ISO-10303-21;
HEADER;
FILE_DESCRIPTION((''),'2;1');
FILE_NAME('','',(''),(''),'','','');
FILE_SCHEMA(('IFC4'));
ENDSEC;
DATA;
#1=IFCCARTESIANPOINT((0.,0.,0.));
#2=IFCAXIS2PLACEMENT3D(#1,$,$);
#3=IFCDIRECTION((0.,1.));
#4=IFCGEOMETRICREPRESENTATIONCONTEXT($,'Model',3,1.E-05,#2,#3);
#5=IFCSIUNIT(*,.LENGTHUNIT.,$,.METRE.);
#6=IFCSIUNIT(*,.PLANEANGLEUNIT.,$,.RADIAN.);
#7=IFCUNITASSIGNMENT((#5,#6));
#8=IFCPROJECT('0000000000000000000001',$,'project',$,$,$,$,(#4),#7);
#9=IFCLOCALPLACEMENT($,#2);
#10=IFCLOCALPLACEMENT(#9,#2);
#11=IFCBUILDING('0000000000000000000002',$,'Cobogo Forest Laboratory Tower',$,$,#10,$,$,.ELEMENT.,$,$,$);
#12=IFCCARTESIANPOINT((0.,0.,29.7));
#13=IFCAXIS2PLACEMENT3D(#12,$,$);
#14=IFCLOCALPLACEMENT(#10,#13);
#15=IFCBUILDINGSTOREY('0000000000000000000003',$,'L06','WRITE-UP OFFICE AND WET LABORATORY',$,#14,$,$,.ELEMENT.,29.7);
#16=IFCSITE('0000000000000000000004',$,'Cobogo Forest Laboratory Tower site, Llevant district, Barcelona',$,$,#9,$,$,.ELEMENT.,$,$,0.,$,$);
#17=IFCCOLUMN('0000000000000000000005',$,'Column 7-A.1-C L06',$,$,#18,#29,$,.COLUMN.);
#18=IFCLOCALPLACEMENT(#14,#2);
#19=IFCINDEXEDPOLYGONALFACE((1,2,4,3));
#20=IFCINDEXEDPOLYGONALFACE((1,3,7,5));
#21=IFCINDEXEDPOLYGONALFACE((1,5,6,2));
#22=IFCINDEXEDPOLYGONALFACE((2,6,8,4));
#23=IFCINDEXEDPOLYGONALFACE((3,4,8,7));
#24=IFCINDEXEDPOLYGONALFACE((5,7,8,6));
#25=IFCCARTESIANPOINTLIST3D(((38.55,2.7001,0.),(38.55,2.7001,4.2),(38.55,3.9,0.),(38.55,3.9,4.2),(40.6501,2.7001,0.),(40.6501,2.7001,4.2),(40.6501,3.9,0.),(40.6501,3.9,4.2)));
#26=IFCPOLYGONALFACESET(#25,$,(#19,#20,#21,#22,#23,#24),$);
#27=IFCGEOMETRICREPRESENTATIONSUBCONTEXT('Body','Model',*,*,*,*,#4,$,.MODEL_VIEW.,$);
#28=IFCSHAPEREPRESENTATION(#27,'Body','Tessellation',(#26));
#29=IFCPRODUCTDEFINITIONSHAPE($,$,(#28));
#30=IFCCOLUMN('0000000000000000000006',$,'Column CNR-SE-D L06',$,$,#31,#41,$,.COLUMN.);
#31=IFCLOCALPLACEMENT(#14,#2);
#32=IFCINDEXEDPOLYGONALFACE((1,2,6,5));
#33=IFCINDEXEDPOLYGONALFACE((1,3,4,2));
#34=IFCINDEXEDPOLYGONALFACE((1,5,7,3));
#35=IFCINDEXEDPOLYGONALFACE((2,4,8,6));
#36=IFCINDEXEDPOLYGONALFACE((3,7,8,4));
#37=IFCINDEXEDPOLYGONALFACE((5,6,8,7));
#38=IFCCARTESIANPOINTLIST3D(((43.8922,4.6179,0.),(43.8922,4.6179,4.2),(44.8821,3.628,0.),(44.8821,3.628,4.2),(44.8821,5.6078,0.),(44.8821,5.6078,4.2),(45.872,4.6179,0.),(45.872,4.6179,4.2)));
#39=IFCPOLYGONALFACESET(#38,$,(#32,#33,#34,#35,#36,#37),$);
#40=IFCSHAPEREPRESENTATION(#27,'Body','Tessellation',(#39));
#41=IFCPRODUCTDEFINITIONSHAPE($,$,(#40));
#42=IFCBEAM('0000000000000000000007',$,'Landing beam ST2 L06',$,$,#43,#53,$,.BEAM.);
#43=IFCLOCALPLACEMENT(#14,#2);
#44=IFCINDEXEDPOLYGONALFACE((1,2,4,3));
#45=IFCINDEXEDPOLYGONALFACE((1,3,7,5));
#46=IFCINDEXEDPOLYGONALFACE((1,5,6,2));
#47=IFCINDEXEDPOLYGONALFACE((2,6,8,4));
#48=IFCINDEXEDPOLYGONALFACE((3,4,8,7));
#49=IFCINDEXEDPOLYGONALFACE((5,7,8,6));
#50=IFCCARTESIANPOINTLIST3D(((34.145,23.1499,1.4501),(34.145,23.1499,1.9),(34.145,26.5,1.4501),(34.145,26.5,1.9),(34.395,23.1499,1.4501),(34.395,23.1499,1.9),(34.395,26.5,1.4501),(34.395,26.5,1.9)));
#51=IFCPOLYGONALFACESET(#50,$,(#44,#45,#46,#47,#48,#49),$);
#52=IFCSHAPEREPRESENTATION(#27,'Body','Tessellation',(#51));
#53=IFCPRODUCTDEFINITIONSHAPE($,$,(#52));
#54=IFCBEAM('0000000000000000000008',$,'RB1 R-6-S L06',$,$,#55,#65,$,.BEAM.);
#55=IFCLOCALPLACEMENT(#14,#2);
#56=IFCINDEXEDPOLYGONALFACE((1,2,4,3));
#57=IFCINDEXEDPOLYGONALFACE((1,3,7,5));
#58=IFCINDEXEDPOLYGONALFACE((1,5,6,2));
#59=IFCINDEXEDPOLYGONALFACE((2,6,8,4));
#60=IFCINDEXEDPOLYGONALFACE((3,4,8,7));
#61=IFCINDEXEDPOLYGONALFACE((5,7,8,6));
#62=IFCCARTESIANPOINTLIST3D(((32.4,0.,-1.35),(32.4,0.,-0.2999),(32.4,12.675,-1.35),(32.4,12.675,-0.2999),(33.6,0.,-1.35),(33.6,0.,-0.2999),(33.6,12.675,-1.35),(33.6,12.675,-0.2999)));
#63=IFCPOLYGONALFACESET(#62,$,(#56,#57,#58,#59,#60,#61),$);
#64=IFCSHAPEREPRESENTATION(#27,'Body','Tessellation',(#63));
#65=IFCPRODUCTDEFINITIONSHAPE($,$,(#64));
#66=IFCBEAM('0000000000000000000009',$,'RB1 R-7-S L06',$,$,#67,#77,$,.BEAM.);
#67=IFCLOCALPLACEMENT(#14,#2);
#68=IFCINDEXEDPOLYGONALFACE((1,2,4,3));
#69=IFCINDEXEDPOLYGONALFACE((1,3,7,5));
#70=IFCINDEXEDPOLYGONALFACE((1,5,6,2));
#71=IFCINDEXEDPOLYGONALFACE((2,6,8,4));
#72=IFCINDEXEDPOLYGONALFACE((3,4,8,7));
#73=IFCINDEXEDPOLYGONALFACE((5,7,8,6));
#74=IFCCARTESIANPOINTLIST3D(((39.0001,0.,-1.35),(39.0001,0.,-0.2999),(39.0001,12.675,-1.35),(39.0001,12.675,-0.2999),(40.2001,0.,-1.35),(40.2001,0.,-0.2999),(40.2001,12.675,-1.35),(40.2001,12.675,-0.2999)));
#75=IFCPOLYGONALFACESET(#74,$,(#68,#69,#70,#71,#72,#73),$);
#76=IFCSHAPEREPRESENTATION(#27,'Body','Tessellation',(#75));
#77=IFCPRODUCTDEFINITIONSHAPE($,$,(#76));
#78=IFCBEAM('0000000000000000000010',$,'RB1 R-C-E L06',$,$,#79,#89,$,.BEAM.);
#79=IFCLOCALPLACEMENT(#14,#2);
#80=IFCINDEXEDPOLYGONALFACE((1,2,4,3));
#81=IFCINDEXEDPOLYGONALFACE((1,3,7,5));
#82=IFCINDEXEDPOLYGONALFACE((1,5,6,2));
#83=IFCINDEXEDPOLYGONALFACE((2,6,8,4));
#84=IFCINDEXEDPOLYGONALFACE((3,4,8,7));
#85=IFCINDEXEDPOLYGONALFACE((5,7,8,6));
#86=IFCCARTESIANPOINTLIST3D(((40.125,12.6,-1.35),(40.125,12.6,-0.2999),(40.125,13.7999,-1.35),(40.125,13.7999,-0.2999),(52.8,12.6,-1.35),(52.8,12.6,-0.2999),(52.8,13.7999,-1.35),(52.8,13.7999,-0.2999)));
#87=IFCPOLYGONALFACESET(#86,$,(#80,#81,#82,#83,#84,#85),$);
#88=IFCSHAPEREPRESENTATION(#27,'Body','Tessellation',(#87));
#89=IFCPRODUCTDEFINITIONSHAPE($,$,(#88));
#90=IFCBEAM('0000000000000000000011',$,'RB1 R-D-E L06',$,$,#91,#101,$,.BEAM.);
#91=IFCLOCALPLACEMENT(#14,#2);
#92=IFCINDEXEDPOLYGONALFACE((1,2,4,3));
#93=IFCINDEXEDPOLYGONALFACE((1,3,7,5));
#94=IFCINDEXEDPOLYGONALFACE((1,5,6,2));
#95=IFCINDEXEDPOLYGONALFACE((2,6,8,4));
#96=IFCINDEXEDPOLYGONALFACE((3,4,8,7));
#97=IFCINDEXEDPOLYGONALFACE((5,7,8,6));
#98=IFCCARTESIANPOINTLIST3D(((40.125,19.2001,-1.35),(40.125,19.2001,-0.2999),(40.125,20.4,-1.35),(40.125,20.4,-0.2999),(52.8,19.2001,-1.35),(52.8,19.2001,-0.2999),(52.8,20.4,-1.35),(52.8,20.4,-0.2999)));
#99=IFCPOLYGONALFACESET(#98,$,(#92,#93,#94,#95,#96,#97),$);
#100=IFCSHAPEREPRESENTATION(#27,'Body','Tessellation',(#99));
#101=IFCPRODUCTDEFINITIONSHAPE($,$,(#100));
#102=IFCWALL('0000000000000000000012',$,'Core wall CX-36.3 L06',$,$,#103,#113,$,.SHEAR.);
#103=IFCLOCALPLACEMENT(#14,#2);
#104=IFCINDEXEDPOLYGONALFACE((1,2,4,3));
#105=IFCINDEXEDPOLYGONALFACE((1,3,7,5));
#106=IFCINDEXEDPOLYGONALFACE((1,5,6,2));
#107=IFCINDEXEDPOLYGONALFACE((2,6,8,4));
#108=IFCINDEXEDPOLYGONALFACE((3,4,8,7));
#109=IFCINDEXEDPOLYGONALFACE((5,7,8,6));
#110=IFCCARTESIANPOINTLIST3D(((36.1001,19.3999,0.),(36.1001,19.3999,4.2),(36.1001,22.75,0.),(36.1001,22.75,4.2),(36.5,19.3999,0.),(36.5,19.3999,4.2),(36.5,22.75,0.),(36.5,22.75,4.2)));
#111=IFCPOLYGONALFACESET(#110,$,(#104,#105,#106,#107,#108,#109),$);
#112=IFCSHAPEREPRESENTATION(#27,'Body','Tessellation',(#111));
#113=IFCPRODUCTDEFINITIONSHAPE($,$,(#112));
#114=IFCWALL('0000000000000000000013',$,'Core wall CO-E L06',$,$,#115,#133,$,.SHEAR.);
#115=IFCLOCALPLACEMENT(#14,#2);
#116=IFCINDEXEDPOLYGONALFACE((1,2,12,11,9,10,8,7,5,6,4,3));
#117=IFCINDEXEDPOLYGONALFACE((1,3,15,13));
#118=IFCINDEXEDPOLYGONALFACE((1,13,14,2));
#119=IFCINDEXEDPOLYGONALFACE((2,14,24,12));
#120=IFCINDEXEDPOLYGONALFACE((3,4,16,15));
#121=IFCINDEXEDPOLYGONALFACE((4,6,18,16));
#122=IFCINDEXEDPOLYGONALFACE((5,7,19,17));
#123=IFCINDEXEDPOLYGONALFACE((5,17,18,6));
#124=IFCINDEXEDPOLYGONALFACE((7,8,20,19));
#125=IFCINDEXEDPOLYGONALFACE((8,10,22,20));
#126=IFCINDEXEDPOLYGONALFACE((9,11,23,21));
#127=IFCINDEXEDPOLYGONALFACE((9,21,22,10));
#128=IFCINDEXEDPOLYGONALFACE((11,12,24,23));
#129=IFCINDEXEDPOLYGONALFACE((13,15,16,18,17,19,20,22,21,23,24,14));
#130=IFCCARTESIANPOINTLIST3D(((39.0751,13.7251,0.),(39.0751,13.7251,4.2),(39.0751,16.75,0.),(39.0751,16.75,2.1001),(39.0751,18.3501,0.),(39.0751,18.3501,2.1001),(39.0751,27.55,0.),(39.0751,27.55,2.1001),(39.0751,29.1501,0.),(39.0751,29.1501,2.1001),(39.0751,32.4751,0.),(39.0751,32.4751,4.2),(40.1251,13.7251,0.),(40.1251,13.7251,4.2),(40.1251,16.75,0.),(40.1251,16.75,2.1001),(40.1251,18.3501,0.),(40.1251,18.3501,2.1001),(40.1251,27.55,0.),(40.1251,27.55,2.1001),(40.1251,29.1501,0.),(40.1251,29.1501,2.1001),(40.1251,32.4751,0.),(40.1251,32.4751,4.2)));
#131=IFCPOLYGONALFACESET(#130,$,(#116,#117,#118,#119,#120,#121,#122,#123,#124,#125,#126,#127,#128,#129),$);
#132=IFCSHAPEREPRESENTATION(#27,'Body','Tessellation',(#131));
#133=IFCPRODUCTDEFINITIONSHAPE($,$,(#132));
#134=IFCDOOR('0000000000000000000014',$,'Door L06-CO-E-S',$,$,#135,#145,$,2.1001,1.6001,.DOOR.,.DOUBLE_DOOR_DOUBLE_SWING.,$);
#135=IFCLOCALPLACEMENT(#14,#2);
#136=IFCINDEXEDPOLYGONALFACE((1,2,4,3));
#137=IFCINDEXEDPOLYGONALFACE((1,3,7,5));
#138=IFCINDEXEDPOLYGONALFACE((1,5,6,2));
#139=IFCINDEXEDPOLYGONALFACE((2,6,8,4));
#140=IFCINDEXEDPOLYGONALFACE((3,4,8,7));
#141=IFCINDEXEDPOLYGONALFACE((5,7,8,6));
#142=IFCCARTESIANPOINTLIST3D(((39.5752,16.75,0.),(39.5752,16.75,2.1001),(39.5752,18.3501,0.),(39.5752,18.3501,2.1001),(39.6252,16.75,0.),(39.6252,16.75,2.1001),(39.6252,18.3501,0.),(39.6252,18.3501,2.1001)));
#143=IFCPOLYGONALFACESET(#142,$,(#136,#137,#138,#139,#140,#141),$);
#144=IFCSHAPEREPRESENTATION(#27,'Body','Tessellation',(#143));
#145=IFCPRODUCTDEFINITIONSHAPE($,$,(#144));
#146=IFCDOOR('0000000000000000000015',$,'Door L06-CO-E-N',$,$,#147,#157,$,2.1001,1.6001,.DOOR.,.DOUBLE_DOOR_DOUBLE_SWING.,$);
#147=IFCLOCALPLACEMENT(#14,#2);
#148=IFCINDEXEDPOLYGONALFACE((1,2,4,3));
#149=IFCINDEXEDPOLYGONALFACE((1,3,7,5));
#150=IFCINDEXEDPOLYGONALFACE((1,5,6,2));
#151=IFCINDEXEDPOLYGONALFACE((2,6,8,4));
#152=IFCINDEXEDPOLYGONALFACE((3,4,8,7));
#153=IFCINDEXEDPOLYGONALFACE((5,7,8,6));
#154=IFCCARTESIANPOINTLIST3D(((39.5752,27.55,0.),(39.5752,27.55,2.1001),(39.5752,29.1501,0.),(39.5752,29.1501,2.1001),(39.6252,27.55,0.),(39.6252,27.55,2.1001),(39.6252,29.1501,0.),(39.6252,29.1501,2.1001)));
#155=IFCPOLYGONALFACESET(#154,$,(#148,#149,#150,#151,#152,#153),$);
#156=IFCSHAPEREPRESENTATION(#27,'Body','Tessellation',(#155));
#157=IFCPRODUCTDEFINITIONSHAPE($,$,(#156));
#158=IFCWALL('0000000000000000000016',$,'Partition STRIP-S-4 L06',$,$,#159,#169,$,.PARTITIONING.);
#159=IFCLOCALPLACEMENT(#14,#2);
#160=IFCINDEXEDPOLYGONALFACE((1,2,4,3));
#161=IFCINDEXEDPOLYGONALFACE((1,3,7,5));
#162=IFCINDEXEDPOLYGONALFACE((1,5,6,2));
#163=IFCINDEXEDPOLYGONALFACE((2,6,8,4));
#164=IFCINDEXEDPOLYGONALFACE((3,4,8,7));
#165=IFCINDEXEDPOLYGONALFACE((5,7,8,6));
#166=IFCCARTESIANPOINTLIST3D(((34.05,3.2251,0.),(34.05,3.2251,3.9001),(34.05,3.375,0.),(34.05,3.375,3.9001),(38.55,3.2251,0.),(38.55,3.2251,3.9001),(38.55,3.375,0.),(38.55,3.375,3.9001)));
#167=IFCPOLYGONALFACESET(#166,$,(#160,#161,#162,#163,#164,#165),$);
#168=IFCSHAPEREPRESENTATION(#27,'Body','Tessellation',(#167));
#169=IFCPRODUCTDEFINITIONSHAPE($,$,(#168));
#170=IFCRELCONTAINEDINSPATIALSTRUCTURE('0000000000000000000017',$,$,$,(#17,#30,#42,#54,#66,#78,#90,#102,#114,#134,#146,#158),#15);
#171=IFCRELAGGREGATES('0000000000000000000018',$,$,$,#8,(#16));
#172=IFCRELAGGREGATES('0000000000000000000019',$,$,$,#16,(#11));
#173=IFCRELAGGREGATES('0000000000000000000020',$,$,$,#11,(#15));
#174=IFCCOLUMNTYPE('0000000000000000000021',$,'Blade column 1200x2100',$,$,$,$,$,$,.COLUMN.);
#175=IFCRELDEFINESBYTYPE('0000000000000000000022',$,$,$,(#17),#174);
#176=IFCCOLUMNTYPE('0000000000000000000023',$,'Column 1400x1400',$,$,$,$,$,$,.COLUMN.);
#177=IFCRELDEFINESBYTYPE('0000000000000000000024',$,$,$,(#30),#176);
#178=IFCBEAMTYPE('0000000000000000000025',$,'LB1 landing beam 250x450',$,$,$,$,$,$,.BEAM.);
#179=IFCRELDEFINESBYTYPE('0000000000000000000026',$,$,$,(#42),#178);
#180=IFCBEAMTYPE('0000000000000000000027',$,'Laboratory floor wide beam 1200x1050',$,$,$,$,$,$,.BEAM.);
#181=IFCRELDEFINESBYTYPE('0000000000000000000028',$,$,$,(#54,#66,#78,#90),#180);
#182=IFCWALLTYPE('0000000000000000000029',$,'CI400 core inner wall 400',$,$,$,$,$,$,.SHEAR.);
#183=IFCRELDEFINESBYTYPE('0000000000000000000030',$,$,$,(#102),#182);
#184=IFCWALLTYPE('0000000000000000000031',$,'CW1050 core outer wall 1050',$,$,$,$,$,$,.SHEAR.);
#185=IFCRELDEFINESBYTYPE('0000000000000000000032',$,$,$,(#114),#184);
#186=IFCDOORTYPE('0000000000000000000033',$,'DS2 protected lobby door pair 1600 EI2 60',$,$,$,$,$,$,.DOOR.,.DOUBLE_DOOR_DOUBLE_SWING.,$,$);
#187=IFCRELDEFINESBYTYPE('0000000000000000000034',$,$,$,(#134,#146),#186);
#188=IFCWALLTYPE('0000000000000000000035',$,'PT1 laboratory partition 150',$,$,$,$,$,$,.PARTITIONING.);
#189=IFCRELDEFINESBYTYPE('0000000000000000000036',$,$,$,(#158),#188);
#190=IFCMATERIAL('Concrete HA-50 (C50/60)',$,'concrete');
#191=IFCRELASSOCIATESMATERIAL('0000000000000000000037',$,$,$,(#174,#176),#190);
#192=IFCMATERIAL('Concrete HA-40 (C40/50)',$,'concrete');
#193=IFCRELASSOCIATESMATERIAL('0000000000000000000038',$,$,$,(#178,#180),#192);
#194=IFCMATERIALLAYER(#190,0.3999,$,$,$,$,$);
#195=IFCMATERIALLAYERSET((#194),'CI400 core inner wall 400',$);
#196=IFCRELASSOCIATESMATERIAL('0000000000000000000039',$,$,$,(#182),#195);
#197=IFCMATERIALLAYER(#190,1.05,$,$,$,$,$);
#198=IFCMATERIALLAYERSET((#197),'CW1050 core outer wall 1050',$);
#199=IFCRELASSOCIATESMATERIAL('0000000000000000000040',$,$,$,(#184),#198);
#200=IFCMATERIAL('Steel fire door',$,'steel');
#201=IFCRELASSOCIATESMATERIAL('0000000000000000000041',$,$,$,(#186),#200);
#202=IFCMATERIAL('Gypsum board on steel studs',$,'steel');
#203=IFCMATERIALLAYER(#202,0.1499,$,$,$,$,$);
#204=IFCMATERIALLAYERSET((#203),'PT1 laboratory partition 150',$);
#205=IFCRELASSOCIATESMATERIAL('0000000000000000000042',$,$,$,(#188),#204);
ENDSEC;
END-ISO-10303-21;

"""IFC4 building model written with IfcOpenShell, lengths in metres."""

from ifc_helpers import new_model, si_unit, direction, frame, frame_2d, origin, origin_2d, place, context, subcontext, project, spatial, rectangle, extrude, material, layer, layer_set, material_profile, profile_set, type_object, element, fill, save


model = new_model("IFC4")

# Units and contexts
model_context = context("Model", 3, precision=1e-05, world=origin(), true_north=direction((0.0, 1.0)))
body_context = subcontext(model_context, "Body", "Model", "MODEL_VIEW")
ifc_project = project(units=[si_unit("LENGTHUNIT", "METRE"), si_unit("PLANEANGLEUNIT", "RADIAN")], contexts=[model_context])

# Site, building, storey
site_placement = place(None, origin())
site = spatial("IfcSite", under=ifc_project, at=site_placement, Name="Cobogo Forest Laboratory Tower site, Llevant district, Barcelona", CompositionType="ELEMENT", RefElevation=0.0)
building_placement = place(site_placement, origin())
building = spatial("IfcBuilding", under=site, at=building_placement, Name="Cobogo Forest Laboratory Tower", CompositionType="ELEMENT")
storey_placement = place(building_placement, frame((0.0, 0.0, 29.7)))
storey = spatial("IfcBuildingStorey", under=building, at=storey_placement, Name="L06", Description="WRITE-UP OFFICE AND WET LABORATORY", CompositionType="ELEMENT", Elevation=29.7)

# Columns
ifc_material_1 = material(Name="Concrete HA-50 (C50/60)", Category="concrete")
ifc_material_profile_1 = material_profile(ifc_material_1, rectangle(XDim=2.1001, YDim=1.2, at=origin_2d()), Name="RC 1200x2100")
ifc_profile_set_1 = profile_set([ifc_material_profile_1], Name="Concrete HA-50 (C50/60)")
column_type_1 = type_object("IfcColumnType", Name="Blade column 1200x2100", PredefinedType="COLUMN", material=ifc_profile_set_1)
column_1_placement = place(storey_placement, frame((39.6001, 3.3, 0.0), z_axis=(0.0, 0.0, 1.0), x_axis=(1.0, 0.0, 0.0)))
element("IfcColumn", 1, at=column_1_placement, inside=storey, type_object=column_type_1, Name="Column 7-A.1-C L06", PredefinedType="COLUMN", context=body_context, shape_type="SweptSolid", body=[
    extrude(rectangle(XDim=2.1001, YDim=1.2, at=origin_2d()), origin(), (0.0, 0.0, 1.0), 4.2),
])
ifc_material_profile_2 = material_profile(ifc_material_1, rectangle(XDim=1.3999, YDim=1.3999, at=origin_2d()), Name="RC 1400x1400")
ifc_profile_set_2 = profile_set([ifc_material_profile_2], Name="Concrete HA-50 (C50/60)")
column_type_2 = type_object("IfcColumnType", Name="Column 1400x1400", PredefinedType="COLUMN", material=ifc_profile_set_2)
column_2_placement = place(storey_placement, frame((44.8821, 4.6179, 0.0), z_axis=(0.0, 0.0, 1.0), x_axis=(0.707107, 0.707107, 0.0)))
element("IfcColumn", 2, at=column_2_placement, inside=storey, type_object=column_type_2, Name="Column CNR-SE-D L06", PredefinedType="COLUMN", context=body_context, shape_type="SweptSolid", body=[
    extrude(rectangle(XDim=1.3999, YDim=1.3999, at=origin_2d()), origin(), (0.0, 0.0, 1.0), 4.2),
])

# Beams
ifc_material_2 = material(Name="Concrete HA-40 (C40/50)", Category="concrete")
ifc_material_profile_3 = material_profile(ifc_material_2, rectangle(XDim=0.25, YDim=0.45, at=origin_2d()), Name="RC 250x450")
ifc_profile_set_3 = profile_set([ifc_material_profile_3], Name="Concrete HA-40 (C40/50)")
beam_type_1 = type_object("IfcBeamType", Name="LB1 landing beam 250x450", PredefinedType="BEAM", material=ifc_profile_set_3)
beam_placement = place(storey_placement, frame((34.27, 23.1499, 1.675), z_axis=(0.0, 1.0, 0.0), x_axis=(-1.0, 0.0, 0.0)))
element("IfcBeam", 3, at=beam_placement, inside=storey, type_object=beam_type_1, Name="Landing beam ST2 L06", PredefinedType="BEAM", context=body_context, shape_type="SweptSolid", body=[
    extrude(rectangle(XDim=0.25, YDim=0.45, at=origin_2d()), origin(), (0.0, 0.0, 1.0), 3.3501),
])
ifc_material_profile_4 = material_profile(ifc_material_2, rectangle(XDim=1.2, YDim=1.05, at=origin_2d()), Name="RC 1200x1050")
ifc_profile_set_4 = profile_set([ifc_material_profile_4], Name="Concrete HA-40 (C40/50)")
beam_type_2 = type_object("IfcBeamType", Name="Laboratory floor wide beam 1200x1050", PredefinedType="BEAM", material=ifc_profile_set_4)
for number, where, z_axis, x_axis, name in (
    (4, (33.0, 12.675, -0.825), (0.0, -1.0, 0.0), (1.0, 0.0, 0.0), "RB1 R-6-S L06"),
    (5, (39.6001, 12.675, -0.825), (0.0, -1.0, 0.0), (1.0, 0.0, 0.0), "RB1 R-7-S L06"),
    (6, (40.125, 13.2, -0.825), (1.0, 0.0, 0.0), (0.0, 1.0, 0.0), "RB1 R-C-E L06"),
    (7, (40.125, 19.8, -0.825), (1.0, 0.0, 0.0), (0.0, 1.0, 0.0), "RB1 R-D-E L06"),
):
    element("IfcBeam", number, at=place(storey_placement, frame(where, z_axis=z_axis, x_axis=x_axis)), inside=storey, type_object=beam_type_2, Name=name, PredefinedType="BEAM", context=body_context, shape_type="SweptSolid", body=[
        extrude(rectangle(XDim=1.2, YDim=1.05, at=origin_2d()), origin(), (0.0, 0.0, 1.0), 12.675),
    ])

# Wall
ifc_layer_1 = layer(ifc_material_1, 0.3999)
ifc_layer_set_1 = layer_set([ifc_layer_1], Name="CI400 core inner wall 400")
wall_type_1 = type_object("IfcWallType", Name="CI400 core inner wall 400", PredefinedType="SHEAR", material=ifc_layer_set_1)
wall_1_placement = place(storey_placement, frame((36.3, 19.3999, 0.0), z_axis=(0.0, 0.0, 1.0), x_axis=(0.0, 1.0, 0.0)))
element("IfcWall", 8, at=wall_1_placement, inside=storey, type_object=wall_type_1, Name="Core wall CX-36.3 L06", PredefinedType="SHEAR", context=body_context, shape_type="SweptSolid", body=[
    extrude(rectangle(XDim=3.3501, YDim=0.3999, at=frame_2d((1.675, 0.0))), origin(), (0.0, 0.0, 1.0), 4.2),
])

# Wall, openings, doors
ifc_layer_2 = layer(ifc_material_1, 1.05)
ifc_layer_set_2 = layer_set([ifc_layer_2], Name="CW1050 core outer wall 1050")
wall_type_2 = type_object("IfcWallType", Name="CW1050 core outer wall 1050", PredefinedType="SHEAR", material=ifc_layer_set_2)
wall_2_placement = place(storey_placement, frame((39.6001, 13.7251, 0.0), z_axis=(0.0, 0.0, 1.0), x_axis=(0.0, 1.0, 0.0)))
wall_2 = element("IfcWall", 9, at=wall_2_placement, inside=storey, type_object=wall_type_2, Name="Core wall CO-E L06", PredefinedType="SHEAR", context=body_context, shape_type="SweptSolid", body=[
    extrude(rectangle(XDim=18.75, YDim=1.05, at=frame_2d((9.375, 0.0))), origin(), (0.0, 0.0, 1.0), 4.2),
])
opening_1_placement = place(wall_2_placement, frame((3.0249, 0.0, 0.0)))
opening_1 = element("IfcOpeningElement", 10, at=opening_1_placement, cuts=wall_2, PredefinedType="OPENING", context=body_context, shape_type="SweptSolid", body=[
    extrude(rectangle(XDim=1.6001, YDim=2.1001, at=frame_2d((0.8, 1.05))), frame((0.0, 0.5349, 0.0), z_axis=(0.0, -1.0, 0.0), x_axis=(1.0, 0.0, 0.0)), (0.0, 0.0, 1.0), 1.0701),
])
opening_2_placement = place(wall_2_placement, frame((13.825, 0.0, 0.0)))
opening_2 = element("IfcOpeningElement", 11, at=opening_2_placement, cuts=wall_2, PredefinedType="OPENING", context=body_context, shape_type="SweptSolid", body=[
    extrude(rectangle(XDim=1.6001, YDim=2.1001, at=frame_2d((0.8, 1.05))), frame((0.0, 0.5349, 0.0), z_axis=(0.0, -1.0, 0.0), x_axis=(1.0, 0.0, 0.0)), (0.0, 0.0, 1.0), 1.0701),
])
ifc_material_3 = material(Name="Steel fire door", Category="steel")
door_type_1 = type_object("IfcDoorType", Name="DS2 protected lobby door pair 1600 EI2 60", OperationType="DOUBLE_DOOR_DOUBLE_SWING", PredefinedType="DOOR", material=ifc_material_3)
door_1_placement = place(opening_1_placement, origin())
door_1 = element("IfcDoor", 12, at=door_1_placement, inside=storey, type_object=door_type_1, Name="Door L06-CO-E-S", OperationType="DOUBLE_DOOR_DOUBLE_SWING", OverallHeight=2.1001, OverallWidth=1.6001, PredefinedType="DOOR", context=body_context, shape_type="SweptSolid", body=[
    extrude(rectangle(XDim=1.6001, YDim=2.1001, at=frame_2d((0.8, 1.05))), frame((0.0, 0.0249, 0.0), z_axis=(0.0, -1.0, 0.0), x_axis=(1.0, 0.0, 0.0)), (0.0, 0.0, 1.0), 0.05),
])
fill(opening_1, door_1)
door_2_placement = place(opening_2_placement, origin())
door_2 = element("IfcDoor", 13, at=door_2_placement, inside=storey, type_object=door_type_1, Name="Door L06-CO-E-N", OperationType="DOUBLE_DOOR_DOUBLE_SWING", OverallHeight=2.1001, OverallWidth=1.6001, PredefinedType="DOOR", context=body_context, shape_type="SweptSolid", body=[
    extrude(rectangle(XDim=1.6001, YDim=2.1001, at=frame_2d((0.8, 1.05))), frame((0.0, 0.0249, 0.0), z_axis=(0.0, -1.0, 0.0), x_axis=(1.0, 0.0, 0.0)), (0.0, 0.0, 1.0), 0.05),
])
fill(opening_2, door_2)

# Wall
ifc_material_4 = material(Name="Gypsum board on steel studs", Category="steel")
ifc_layer_3 = layer(ifc_material_4, 0.1499)
ifc_layer_set_3 = layer_set([ifc_layer_3], Name="PT1 laboratory partition 150")
wall_type_3 = type_object("IfcWallType", Name="PT1 laboratory partition 150", PredefinedType="PARTITIONING", material=ifc_layer_set_3)
wall_3_placement = place(storey_placement, frame((34.05, 3.3, 0.0), z_axis=(0.0, 0.0, 1.0), x_axis=(1.0, 0.0, 0.0)))
element("IfcWall", 14, at=wall_3_placement, inside=storey, type_object=wall_type_3, Name="Partition STRIP-S-4 L06", PredefinedType="PARTITIONING", context=body_context, shape_type="SweptSolid", body=[
    extrude(rectangle(XDim=4.5, YDim=0.1499, at=frame_2d((2.25, 0.0))), origin(), (0.0, 0.0, 1.0), 3.9001),
])

save(model, "model.ifc")
